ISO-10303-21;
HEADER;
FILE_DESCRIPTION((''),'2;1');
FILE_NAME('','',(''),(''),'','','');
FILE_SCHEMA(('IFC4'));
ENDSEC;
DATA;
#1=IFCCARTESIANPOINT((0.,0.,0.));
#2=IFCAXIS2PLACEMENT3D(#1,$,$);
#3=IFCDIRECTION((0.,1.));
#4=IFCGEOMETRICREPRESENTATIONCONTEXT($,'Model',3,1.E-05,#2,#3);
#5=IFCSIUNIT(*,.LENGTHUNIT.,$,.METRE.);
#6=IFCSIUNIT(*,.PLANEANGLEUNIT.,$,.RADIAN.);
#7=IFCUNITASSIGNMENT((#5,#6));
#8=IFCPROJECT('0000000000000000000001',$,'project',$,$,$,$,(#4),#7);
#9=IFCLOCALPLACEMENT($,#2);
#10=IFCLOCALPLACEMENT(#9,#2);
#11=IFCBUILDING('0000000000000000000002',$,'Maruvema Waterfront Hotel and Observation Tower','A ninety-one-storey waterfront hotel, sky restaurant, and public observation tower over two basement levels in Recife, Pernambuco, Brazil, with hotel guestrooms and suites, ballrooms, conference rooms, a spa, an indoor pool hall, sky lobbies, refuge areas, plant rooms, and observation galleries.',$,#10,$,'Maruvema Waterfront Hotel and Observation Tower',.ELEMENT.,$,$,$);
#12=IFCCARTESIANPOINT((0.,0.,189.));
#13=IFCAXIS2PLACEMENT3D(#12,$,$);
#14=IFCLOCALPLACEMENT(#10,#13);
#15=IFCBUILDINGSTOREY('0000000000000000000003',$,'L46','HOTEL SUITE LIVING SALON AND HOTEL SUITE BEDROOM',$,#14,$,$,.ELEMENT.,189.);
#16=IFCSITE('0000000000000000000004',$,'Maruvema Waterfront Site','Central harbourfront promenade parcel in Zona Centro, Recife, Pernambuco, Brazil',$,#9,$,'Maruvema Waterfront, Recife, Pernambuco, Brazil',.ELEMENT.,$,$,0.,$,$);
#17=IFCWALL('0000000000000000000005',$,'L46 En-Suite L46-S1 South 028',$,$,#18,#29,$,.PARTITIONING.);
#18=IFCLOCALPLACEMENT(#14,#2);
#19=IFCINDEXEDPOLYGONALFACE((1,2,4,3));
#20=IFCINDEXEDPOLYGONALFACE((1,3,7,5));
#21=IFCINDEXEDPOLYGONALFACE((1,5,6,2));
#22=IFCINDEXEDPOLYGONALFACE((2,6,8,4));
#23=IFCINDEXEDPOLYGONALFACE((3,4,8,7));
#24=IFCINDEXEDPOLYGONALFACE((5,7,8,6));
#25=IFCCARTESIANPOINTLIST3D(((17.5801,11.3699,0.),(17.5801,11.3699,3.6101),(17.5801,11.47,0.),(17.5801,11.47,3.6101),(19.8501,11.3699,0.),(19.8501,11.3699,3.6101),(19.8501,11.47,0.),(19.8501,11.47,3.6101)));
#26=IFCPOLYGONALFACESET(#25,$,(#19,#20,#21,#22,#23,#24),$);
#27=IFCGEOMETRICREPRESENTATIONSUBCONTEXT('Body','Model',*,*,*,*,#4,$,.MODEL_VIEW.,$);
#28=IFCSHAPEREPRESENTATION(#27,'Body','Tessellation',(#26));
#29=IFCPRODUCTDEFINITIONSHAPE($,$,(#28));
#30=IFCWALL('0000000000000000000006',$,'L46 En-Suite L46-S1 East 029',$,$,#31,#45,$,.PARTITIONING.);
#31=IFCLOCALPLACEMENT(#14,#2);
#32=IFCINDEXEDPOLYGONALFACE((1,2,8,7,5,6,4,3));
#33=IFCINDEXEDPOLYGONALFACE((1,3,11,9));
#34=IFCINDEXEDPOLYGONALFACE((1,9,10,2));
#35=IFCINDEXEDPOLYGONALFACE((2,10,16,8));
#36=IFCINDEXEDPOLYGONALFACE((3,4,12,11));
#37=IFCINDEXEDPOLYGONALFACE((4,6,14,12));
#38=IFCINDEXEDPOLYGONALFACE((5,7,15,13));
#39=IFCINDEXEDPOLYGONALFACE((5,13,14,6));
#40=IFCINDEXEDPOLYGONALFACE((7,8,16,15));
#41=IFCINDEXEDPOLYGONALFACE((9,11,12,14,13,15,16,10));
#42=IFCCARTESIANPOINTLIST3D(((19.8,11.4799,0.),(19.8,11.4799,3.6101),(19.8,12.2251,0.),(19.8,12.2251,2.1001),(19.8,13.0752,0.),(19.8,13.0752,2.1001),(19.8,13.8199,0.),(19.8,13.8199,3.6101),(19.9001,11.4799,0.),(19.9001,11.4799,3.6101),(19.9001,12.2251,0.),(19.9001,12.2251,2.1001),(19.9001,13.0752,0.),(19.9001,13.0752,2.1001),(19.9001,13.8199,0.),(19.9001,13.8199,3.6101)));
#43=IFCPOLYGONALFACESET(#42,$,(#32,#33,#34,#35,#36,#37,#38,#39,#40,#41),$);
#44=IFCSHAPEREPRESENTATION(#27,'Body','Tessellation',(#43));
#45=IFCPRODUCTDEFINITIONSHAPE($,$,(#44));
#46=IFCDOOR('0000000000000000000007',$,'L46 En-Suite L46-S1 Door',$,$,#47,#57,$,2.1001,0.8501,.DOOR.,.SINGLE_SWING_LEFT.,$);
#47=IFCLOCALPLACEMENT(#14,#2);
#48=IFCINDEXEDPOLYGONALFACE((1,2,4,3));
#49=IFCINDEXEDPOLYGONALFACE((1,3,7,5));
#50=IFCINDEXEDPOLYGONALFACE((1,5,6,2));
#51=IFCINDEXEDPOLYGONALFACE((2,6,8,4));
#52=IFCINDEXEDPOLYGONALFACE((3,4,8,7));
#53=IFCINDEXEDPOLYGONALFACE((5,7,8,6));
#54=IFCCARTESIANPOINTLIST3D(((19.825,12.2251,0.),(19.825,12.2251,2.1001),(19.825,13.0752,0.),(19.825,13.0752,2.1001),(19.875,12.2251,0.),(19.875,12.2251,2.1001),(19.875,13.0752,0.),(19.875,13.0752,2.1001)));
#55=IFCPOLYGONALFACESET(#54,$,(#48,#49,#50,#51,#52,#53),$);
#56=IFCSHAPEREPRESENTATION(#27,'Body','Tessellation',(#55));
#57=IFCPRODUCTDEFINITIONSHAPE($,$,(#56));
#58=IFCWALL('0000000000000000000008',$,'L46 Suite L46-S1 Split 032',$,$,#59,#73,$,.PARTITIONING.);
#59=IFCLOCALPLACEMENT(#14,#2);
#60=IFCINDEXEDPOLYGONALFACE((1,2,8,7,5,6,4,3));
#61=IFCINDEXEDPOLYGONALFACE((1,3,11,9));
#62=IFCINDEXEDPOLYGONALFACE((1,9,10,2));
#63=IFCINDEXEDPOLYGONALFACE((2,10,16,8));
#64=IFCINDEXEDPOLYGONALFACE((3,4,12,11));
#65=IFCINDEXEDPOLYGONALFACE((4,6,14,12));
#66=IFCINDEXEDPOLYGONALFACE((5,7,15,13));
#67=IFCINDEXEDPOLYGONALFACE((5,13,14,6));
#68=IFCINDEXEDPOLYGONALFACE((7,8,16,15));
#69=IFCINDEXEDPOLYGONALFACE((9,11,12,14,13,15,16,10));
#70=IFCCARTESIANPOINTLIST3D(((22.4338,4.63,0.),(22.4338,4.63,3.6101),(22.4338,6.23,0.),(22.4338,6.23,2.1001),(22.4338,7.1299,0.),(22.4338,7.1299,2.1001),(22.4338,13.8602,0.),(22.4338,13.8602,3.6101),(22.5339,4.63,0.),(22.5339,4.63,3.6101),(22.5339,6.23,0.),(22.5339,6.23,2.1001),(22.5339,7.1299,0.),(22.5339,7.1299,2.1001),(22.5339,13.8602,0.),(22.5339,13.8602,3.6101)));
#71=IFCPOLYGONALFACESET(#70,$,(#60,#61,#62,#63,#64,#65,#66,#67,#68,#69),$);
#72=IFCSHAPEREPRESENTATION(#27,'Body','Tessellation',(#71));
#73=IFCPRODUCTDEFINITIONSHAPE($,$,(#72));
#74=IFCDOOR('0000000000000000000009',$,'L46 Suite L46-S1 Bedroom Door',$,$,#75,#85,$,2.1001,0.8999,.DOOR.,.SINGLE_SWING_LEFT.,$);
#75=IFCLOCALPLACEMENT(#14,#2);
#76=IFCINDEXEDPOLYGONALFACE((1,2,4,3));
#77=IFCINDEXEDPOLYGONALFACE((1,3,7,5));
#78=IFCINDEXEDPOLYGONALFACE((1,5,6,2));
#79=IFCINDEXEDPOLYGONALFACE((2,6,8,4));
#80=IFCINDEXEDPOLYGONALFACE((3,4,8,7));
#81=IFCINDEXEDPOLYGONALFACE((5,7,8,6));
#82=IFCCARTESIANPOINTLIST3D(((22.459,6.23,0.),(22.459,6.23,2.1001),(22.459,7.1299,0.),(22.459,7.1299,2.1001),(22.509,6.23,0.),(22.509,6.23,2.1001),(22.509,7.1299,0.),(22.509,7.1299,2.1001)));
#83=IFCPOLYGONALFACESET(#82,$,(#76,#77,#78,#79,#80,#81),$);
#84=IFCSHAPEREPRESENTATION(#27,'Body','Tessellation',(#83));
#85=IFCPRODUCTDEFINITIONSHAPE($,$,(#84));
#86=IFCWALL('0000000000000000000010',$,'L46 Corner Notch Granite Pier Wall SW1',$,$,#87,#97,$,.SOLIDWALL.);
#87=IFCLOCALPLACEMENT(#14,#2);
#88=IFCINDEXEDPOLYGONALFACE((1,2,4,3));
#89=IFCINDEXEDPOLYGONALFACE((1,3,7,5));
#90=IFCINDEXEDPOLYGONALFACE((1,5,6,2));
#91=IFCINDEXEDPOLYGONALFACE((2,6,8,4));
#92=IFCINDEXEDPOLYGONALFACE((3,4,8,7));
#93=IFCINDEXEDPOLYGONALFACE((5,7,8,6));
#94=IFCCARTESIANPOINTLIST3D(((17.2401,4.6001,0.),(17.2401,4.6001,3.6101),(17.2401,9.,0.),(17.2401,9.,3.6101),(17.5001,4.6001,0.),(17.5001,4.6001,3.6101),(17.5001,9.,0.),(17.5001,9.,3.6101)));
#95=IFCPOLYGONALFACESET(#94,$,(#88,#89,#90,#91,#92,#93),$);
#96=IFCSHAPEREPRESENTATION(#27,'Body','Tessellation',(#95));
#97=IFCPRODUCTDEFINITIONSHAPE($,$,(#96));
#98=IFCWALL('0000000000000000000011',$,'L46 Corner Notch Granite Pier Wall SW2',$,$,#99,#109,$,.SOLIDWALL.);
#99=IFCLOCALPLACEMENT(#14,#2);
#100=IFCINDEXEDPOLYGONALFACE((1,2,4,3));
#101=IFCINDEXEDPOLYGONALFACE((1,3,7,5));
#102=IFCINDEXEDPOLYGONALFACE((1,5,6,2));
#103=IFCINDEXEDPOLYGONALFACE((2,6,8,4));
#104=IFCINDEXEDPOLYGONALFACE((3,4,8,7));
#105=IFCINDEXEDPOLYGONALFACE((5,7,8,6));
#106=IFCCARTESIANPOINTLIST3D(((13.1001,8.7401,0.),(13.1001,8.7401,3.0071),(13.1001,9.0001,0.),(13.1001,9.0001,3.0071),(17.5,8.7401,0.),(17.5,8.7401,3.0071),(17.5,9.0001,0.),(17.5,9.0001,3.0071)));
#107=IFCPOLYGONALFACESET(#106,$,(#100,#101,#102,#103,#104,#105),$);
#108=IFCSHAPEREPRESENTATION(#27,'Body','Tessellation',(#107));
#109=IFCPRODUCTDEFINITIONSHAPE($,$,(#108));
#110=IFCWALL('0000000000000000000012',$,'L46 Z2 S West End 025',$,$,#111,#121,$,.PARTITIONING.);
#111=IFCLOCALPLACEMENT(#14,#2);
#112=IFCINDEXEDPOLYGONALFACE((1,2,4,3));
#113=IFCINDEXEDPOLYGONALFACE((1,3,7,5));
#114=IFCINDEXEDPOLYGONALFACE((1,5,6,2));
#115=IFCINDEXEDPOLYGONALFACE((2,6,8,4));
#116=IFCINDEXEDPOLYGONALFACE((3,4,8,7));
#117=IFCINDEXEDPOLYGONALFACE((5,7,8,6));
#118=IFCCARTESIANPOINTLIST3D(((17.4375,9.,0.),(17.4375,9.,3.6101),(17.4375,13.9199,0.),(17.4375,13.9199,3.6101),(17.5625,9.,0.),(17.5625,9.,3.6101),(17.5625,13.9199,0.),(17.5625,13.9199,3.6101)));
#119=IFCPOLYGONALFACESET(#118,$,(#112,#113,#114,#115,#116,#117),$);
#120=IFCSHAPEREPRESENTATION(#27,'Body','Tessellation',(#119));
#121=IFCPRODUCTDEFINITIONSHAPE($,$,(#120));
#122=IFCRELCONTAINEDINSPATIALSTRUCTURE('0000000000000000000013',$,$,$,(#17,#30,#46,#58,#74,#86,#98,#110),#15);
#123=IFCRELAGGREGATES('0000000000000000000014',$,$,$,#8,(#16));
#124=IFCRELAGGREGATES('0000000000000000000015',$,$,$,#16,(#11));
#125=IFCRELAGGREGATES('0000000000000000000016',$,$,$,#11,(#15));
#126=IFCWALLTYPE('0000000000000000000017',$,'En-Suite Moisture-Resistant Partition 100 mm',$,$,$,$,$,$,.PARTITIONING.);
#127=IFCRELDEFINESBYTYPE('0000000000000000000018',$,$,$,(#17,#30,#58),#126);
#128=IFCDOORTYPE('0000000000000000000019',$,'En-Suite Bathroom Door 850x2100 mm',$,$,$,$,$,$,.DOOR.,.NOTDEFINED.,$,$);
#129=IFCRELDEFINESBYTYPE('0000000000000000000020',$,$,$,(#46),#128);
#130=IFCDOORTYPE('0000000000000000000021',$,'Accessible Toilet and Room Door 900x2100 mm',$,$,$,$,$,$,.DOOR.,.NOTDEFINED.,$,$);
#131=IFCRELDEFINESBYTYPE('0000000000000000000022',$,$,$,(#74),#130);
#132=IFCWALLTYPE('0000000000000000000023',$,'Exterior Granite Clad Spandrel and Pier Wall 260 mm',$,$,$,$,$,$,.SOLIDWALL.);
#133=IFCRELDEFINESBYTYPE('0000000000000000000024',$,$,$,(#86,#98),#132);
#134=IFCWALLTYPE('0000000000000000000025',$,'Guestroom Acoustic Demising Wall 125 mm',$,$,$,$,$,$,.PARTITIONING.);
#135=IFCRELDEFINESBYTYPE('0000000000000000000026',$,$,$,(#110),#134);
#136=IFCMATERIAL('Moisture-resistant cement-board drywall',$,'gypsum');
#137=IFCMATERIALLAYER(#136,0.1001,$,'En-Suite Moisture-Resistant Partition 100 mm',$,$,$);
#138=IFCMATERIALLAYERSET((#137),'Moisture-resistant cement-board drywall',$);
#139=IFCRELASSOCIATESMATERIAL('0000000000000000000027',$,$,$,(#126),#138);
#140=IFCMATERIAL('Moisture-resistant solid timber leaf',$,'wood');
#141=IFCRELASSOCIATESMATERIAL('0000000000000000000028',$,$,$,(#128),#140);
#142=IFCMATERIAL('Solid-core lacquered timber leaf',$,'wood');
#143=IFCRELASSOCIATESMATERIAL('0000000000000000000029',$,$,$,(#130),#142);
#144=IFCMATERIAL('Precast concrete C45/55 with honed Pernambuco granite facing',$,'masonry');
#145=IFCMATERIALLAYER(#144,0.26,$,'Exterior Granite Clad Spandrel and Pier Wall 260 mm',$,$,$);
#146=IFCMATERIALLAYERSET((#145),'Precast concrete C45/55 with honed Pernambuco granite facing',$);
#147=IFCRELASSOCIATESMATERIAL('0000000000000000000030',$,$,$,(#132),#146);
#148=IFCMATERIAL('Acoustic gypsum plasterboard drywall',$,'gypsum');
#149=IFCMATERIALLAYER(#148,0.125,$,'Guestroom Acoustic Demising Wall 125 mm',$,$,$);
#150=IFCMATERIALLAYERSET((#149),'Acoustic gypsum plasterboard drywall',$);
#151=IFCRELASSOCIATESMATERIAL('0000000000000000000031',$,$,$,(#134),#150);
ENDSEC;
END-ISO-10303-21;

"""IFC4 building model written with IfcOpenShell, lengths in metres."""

from ifc_helpers import new_model, si_unit, direction, frame, frame_2d, origin, place, context, subcontext, project, spatial, rectangle, extrude, material, layer, layer_set, type_object, element, fill, save


model = new_model("IFC4")

# Units and contexts
model_context = context("Model", 3, precision=1e-05, world=origin(), true_north=direction((0.0, 1.0)))
body_context = subcontext(model_context, "Body", "Model", "MODEL_VIEW")
ifc_project = project(units=[si_unit("LENGTHUNIT", "METRE"), si_unit("PLANEANGLEUNIT", "RADIAN")], contexts=[model_context])

# Site, building, storey
site_placement = place(None, origin())
site = spatial("IfcSite", under=ifc_project, at=site_placement, Name="Maruvema Waterfront Site", Description="Central harbourfront promenade parcel in Zona Centro, Recife, Pernambuco, Brazil", LongName="Maruvema Waterfront, Recife, Pernambuco, Brazil", CompositionType="ELEMENT", RefElevation=0.0)
building_placement = place(site_placement, origin())
building = spatial("IfcBuilding", under=site, at=building_placement, Name="Maruvema Waterfront Hotel and Observation Tower", Description="A ninety-one-storey waterfront hotel, sky restaurant, and public observation tower over two basement levels in Recife, Pernambuco, Brazil, with hotel guestrooms and suites, ballrooms, conference rooms, a spa, an indoor pool hall, sky lobbies, refuge areas, plant rooms, and observation galleries.", LongName="Maruvema Waterfront Hotel and Observation Tower", CompositionType="ELEMENT")
storey_placement = place(building_placement, frame((0.0, 0.0, 189.0)))
storey = spatial("IfcBuildingStorey", under=building, at=storey_placement, Name="L46", Description="HOTEL SUITE LIVING SALON AND HOTEL SUITE BEDROOM", CompositionType="ELEMENT", Elevation=189.0)

# Wall
ifc_material_1 = material(Name="Moisture-resistant cement-board drywall", Category="gypsum")
ifc_layer_1 = layer(ifc_material_1, 0.1001, Name="En-Suite Moisture-Resistant Partition 100 mm")
ifc_layer_set_1 = layer_set([ifc_layer_1], Name="Moisture-resistant cement-board drywall")
wall_type_1 = type_object("IfcWallType", Name="En-Suite Moisture-Resistant Partition 100 mm", PredefinedType="PARTITIONING", material=ifc_layer_set_1)
wall_1_placement = place(storey_placement, frame((17.5801, 11.4199, 0.0), z_axis=(0.0, 0.0, 1.0), x_axis=(1.0, 0.0, 0.0)))
element("IfcWall", 1, at=wall_1_placement, inside=storey, type_object=wall_type_1, Name="L46 En-Suite L46-S1 South 028", PredefinedType="PARTITIONING", context=body_context, shape_type="SweptSolid", body=[
    extrude(rectangle(XDim=2.27, YDim=0.1001, at=frame_2d((1.135, 0.0))), origin(), (0.0, 0.0, 1.0), 3.6101),
])

# Walls, openings, doors
wall_2_placement = place(storey_placement, frame((19.8501, 11.48, 0.0), z_axis=(0.0, 0.0, 1.0), x_axis=(0.0, 1.0, 0.0)))
wall_2 = element("IfcWall", 2, at=wall_2_placement, inside=storey, type_object=wall_type_1, Name="L46 En-Suite L46-S1 East 029", PredefinedType="PARTITIONING", context=body_context, shape_type="SweptSolid", body=[
    extrude(rectangle(XDim=2.3401, YDim=0.1001, at=frame_2d((1.1699, 0.0))), origin(), (0.0, 0.0, 1.0), 3.6101),
])
opening_1_placement = place(wall_2_placement, frame((0.7451, 0.0, 0.0)))
opening_1 = element("IfcOpeningElement", 3, at=opening_1_placement, cuts=wall_2, PredefinedType="OPENING", context=body_context, shape_type="SweptSolid", body=[
    extrude(rectangle(XDim=0.8501, YDim=2.1001, at=frame_2d((0.425, 1.05))), frame((0.0, 0.0601, 0.0), z_axis=(0.0, -1.0, 0.0), x_axis=(1.0, 0.0, 0.0)), (0.0, 0.0, 1.0), 0.1201),
])
ifc_material_2 = material(Name="Moisture-resistant solid timber leaf", Category="wood")
door_type_1 = type_object("IfcDoorType", Name="En-Suite Bathroom Door 850x2100 mm", OperationType="NOTDEFINED", PredefinedType="DOOR", material=ifc_material_2)
door_1_placement = place(opening_1_placement, frame((0.8501, 0.0, 0.0), z_axis=(0.0, 0.0, 1.0), x_axis=(-1.0, 0.0, 0.0)))
door_1 = element("IfcDoor", 4, at=door_1_placement, inside=storey, type_object=door_type_1, Name="L46 En-Suite L46-S1 Door", OperationType="SINGLE_SWING_LEFT", OverallHeight=2.1001, OverallWidth=0.8501, PredefinedType="DOOR", context=body_context, shape_type="SweptSolid", body=[
    extrude(rectangle(XDim=0.8501, YDim=2.1001, at=frame_2d((0.425, 1.05))), frame((0.0, 0.0249, 0.0), z_axis=(0.0, -1.0, 0.0), x_axis=(1.0, 0.0, 0.0)), (0.0, 0.0, 1.0), 0.05),
])
fill(opening_1, door_1)
wall_3_placement = place(storey_placement, frame((22.4839, 4.6299, 0.0), z_axis=(0.0, 0.0, 1.0), x_axis=(0.0, 1.0, 0.0)))
wall_3 = element("IfcWall", 5, at=wall_3_placement, inside=storey, type_object=wall_type_1, Name="L46 Suite L46-S1 Split 032", PredefinedType="PARTITIONING", context=body_context, shape_type="SweptSolid", body=[
    extrude(rectangle(XDim=9.2302, YDim=0.1001, at=frame_2d((4.6152, 0.0))), origin(), (0.0, 0.0, 1.0), 3.6101),
])
opening_2_placement = place(wall_3_placement, frame((1.6001, 0.0, 0.0)))
opening_2 = element("IfcOpeningElement", 6, at=opening_2_placement, cuts=wall_3, PredefinedType="OPENING", context=body_context, shape_type="SweptSolid", body=[
    extrude(rectangle(XDim=0.8999, YDim=2.1001, at=frame_2d((0.45, 1.05))), frame((0.0, 0.0601, 0.0), z_axis=(0.0, -1.0, 0.0), x_axis=(1.0, 0.0, 0.0)), (0.0, 0.0, 1.0), 0.1201),
])
ifc_material_3 = material(Name="Solid-core lacquered timber leaf", Category="wood")
door_type_2 = type_object("IfcDoorType", Name="Accessible Toilet and Room Door 900x2100 mm", OperationType="NOTDEFINED", PredefinedType="DOOR", material=ifc_material_3)
door_2_placement = place(opening_2_placement, origin())
door_2 = element("IfcDoor", 7, at=door_2_placement, inside=storey, type_object=door_type_2, Name="L46 Suite L46-S1 Bedroom Door", OperationType="SINGLE_SWING_LEFT", OverallHeight=2.1001, OverallWidth=0.8999, PredefinedType="DOOR", context=body_context, shape_type="SweptSolid", body=[
    extrude(rectangle(XDim=0.8999, YDim=2.1001, at=frame_2d((0.45, 1.05))), frame((0.0, 0.0249, 0.0), z_axis=(0.0, -1.0, 0.0), x_axis=(1.0, 0.0, 0.0)), (0.0, 0.0, 1.0), 0.05),
])
fill(opening_2, door_2)

# Walls
ifc_material_4 = material(Name="Precast concrete C45/55 with honed Pernambuco granite facing", Category="masonry")
ifc_layer_2 = layer(ifc_material_4, 0.26, Name="Exterior Granite Clad Spandrel and Pier Wall 260 mm")
ifc_layer_set_2 = layer_set([ifc_layer_2], Name="Precast concrete C45/55 with honed Pernambuco granite facing")
wall_type_2 = type_object("IfcWallType", Name="Exterior Granite Clad Spandrel and Pier Wall 260 mm", PredefinedType="SOLIDWALL", material=ifc_layer_set_2)
wall_4_placement = place(storey_placement, frame((17.3701, 4.6001, 0.0), z_axis=(0.0, 0.0, 1.0), x_axis=(0.0, 1.0, 0.0)))
element("IfcWall", 8, at=wall_4_placement, inside=storey, type_object=wall_type_2, Name="L46 Corner Notch Granite Pier Wall SW1", PredefinedType="SOLIDWALL", context=body_context, shape_type="SweptSolid", body=[
    extrude(rectangle(XDim=4.3999, YDim=0.26, at=frame_2d((2.2, 0.0))), origin(), (0.0, 0.0, 1.0), 3.6101),
])
wall_5_placement = place(storey_placement, frame((17.5, 8.8701, 0.0), z_axis=(0.0, 0.0, 1.0), x_axis=(-1.0, 0.0, 0.0)))
element("IfcWall", 9, at=wall_5_placement, inside=storey, type_object=wall_type_2, Name="L46 Corner Notch Granite Pier Wall SW2", PredefinedType="SOLIDWALL", context=body_context, shape_type="SweptSolid", body=[
    extrude(rectangle(XDim=4.3999, YDim=0.26, at=frame_2d((2.2, 0.0))), origin(), (0.0, 0.0, 1.0), 3.0071),
])
ifc_material_5 = material(Name="Acoustic gypsum plasterboard drywall", Category="gypsum")
ifc_layer_3 = layer(ifc_material_5, 0.125, Name="Guestroom Acoustic Demising Wall 125 mm")
ifc_layer_set_3 = layer_set([ifc_layer_3], Name="Acoustic gypsum plasterboard drywall")
wall_type_3 = type_object("IfcWallType", Name="Guestroom Acoustic Demising Wall 125 mm", PredefinedType="PARTITIONING", material=ifc_layer_set_3)
wall_6_placement = place(storey_placement, frame((17.5, 9.0, 0.0), z_axis=(0.0, 0.0, 1.0), x_axis=(0.0, 1.0, 0.0)))
element("IfcWall", 10, at=wall_6_placement, inside=storey, type_object=wall_type_3, Name="L46 Z2 S West End 025", PredefinedType="PARTITIONING", context=body_context, shape_type="SweptSolid", body=[
    extrude(rectangle(XDim=4.9199, YDim=0.125, at=frame_2d((2.46, 0.0))), origin(), (0.0, 0.0, 1.0), 3.6101),
])

save(model, "model.ifc")
